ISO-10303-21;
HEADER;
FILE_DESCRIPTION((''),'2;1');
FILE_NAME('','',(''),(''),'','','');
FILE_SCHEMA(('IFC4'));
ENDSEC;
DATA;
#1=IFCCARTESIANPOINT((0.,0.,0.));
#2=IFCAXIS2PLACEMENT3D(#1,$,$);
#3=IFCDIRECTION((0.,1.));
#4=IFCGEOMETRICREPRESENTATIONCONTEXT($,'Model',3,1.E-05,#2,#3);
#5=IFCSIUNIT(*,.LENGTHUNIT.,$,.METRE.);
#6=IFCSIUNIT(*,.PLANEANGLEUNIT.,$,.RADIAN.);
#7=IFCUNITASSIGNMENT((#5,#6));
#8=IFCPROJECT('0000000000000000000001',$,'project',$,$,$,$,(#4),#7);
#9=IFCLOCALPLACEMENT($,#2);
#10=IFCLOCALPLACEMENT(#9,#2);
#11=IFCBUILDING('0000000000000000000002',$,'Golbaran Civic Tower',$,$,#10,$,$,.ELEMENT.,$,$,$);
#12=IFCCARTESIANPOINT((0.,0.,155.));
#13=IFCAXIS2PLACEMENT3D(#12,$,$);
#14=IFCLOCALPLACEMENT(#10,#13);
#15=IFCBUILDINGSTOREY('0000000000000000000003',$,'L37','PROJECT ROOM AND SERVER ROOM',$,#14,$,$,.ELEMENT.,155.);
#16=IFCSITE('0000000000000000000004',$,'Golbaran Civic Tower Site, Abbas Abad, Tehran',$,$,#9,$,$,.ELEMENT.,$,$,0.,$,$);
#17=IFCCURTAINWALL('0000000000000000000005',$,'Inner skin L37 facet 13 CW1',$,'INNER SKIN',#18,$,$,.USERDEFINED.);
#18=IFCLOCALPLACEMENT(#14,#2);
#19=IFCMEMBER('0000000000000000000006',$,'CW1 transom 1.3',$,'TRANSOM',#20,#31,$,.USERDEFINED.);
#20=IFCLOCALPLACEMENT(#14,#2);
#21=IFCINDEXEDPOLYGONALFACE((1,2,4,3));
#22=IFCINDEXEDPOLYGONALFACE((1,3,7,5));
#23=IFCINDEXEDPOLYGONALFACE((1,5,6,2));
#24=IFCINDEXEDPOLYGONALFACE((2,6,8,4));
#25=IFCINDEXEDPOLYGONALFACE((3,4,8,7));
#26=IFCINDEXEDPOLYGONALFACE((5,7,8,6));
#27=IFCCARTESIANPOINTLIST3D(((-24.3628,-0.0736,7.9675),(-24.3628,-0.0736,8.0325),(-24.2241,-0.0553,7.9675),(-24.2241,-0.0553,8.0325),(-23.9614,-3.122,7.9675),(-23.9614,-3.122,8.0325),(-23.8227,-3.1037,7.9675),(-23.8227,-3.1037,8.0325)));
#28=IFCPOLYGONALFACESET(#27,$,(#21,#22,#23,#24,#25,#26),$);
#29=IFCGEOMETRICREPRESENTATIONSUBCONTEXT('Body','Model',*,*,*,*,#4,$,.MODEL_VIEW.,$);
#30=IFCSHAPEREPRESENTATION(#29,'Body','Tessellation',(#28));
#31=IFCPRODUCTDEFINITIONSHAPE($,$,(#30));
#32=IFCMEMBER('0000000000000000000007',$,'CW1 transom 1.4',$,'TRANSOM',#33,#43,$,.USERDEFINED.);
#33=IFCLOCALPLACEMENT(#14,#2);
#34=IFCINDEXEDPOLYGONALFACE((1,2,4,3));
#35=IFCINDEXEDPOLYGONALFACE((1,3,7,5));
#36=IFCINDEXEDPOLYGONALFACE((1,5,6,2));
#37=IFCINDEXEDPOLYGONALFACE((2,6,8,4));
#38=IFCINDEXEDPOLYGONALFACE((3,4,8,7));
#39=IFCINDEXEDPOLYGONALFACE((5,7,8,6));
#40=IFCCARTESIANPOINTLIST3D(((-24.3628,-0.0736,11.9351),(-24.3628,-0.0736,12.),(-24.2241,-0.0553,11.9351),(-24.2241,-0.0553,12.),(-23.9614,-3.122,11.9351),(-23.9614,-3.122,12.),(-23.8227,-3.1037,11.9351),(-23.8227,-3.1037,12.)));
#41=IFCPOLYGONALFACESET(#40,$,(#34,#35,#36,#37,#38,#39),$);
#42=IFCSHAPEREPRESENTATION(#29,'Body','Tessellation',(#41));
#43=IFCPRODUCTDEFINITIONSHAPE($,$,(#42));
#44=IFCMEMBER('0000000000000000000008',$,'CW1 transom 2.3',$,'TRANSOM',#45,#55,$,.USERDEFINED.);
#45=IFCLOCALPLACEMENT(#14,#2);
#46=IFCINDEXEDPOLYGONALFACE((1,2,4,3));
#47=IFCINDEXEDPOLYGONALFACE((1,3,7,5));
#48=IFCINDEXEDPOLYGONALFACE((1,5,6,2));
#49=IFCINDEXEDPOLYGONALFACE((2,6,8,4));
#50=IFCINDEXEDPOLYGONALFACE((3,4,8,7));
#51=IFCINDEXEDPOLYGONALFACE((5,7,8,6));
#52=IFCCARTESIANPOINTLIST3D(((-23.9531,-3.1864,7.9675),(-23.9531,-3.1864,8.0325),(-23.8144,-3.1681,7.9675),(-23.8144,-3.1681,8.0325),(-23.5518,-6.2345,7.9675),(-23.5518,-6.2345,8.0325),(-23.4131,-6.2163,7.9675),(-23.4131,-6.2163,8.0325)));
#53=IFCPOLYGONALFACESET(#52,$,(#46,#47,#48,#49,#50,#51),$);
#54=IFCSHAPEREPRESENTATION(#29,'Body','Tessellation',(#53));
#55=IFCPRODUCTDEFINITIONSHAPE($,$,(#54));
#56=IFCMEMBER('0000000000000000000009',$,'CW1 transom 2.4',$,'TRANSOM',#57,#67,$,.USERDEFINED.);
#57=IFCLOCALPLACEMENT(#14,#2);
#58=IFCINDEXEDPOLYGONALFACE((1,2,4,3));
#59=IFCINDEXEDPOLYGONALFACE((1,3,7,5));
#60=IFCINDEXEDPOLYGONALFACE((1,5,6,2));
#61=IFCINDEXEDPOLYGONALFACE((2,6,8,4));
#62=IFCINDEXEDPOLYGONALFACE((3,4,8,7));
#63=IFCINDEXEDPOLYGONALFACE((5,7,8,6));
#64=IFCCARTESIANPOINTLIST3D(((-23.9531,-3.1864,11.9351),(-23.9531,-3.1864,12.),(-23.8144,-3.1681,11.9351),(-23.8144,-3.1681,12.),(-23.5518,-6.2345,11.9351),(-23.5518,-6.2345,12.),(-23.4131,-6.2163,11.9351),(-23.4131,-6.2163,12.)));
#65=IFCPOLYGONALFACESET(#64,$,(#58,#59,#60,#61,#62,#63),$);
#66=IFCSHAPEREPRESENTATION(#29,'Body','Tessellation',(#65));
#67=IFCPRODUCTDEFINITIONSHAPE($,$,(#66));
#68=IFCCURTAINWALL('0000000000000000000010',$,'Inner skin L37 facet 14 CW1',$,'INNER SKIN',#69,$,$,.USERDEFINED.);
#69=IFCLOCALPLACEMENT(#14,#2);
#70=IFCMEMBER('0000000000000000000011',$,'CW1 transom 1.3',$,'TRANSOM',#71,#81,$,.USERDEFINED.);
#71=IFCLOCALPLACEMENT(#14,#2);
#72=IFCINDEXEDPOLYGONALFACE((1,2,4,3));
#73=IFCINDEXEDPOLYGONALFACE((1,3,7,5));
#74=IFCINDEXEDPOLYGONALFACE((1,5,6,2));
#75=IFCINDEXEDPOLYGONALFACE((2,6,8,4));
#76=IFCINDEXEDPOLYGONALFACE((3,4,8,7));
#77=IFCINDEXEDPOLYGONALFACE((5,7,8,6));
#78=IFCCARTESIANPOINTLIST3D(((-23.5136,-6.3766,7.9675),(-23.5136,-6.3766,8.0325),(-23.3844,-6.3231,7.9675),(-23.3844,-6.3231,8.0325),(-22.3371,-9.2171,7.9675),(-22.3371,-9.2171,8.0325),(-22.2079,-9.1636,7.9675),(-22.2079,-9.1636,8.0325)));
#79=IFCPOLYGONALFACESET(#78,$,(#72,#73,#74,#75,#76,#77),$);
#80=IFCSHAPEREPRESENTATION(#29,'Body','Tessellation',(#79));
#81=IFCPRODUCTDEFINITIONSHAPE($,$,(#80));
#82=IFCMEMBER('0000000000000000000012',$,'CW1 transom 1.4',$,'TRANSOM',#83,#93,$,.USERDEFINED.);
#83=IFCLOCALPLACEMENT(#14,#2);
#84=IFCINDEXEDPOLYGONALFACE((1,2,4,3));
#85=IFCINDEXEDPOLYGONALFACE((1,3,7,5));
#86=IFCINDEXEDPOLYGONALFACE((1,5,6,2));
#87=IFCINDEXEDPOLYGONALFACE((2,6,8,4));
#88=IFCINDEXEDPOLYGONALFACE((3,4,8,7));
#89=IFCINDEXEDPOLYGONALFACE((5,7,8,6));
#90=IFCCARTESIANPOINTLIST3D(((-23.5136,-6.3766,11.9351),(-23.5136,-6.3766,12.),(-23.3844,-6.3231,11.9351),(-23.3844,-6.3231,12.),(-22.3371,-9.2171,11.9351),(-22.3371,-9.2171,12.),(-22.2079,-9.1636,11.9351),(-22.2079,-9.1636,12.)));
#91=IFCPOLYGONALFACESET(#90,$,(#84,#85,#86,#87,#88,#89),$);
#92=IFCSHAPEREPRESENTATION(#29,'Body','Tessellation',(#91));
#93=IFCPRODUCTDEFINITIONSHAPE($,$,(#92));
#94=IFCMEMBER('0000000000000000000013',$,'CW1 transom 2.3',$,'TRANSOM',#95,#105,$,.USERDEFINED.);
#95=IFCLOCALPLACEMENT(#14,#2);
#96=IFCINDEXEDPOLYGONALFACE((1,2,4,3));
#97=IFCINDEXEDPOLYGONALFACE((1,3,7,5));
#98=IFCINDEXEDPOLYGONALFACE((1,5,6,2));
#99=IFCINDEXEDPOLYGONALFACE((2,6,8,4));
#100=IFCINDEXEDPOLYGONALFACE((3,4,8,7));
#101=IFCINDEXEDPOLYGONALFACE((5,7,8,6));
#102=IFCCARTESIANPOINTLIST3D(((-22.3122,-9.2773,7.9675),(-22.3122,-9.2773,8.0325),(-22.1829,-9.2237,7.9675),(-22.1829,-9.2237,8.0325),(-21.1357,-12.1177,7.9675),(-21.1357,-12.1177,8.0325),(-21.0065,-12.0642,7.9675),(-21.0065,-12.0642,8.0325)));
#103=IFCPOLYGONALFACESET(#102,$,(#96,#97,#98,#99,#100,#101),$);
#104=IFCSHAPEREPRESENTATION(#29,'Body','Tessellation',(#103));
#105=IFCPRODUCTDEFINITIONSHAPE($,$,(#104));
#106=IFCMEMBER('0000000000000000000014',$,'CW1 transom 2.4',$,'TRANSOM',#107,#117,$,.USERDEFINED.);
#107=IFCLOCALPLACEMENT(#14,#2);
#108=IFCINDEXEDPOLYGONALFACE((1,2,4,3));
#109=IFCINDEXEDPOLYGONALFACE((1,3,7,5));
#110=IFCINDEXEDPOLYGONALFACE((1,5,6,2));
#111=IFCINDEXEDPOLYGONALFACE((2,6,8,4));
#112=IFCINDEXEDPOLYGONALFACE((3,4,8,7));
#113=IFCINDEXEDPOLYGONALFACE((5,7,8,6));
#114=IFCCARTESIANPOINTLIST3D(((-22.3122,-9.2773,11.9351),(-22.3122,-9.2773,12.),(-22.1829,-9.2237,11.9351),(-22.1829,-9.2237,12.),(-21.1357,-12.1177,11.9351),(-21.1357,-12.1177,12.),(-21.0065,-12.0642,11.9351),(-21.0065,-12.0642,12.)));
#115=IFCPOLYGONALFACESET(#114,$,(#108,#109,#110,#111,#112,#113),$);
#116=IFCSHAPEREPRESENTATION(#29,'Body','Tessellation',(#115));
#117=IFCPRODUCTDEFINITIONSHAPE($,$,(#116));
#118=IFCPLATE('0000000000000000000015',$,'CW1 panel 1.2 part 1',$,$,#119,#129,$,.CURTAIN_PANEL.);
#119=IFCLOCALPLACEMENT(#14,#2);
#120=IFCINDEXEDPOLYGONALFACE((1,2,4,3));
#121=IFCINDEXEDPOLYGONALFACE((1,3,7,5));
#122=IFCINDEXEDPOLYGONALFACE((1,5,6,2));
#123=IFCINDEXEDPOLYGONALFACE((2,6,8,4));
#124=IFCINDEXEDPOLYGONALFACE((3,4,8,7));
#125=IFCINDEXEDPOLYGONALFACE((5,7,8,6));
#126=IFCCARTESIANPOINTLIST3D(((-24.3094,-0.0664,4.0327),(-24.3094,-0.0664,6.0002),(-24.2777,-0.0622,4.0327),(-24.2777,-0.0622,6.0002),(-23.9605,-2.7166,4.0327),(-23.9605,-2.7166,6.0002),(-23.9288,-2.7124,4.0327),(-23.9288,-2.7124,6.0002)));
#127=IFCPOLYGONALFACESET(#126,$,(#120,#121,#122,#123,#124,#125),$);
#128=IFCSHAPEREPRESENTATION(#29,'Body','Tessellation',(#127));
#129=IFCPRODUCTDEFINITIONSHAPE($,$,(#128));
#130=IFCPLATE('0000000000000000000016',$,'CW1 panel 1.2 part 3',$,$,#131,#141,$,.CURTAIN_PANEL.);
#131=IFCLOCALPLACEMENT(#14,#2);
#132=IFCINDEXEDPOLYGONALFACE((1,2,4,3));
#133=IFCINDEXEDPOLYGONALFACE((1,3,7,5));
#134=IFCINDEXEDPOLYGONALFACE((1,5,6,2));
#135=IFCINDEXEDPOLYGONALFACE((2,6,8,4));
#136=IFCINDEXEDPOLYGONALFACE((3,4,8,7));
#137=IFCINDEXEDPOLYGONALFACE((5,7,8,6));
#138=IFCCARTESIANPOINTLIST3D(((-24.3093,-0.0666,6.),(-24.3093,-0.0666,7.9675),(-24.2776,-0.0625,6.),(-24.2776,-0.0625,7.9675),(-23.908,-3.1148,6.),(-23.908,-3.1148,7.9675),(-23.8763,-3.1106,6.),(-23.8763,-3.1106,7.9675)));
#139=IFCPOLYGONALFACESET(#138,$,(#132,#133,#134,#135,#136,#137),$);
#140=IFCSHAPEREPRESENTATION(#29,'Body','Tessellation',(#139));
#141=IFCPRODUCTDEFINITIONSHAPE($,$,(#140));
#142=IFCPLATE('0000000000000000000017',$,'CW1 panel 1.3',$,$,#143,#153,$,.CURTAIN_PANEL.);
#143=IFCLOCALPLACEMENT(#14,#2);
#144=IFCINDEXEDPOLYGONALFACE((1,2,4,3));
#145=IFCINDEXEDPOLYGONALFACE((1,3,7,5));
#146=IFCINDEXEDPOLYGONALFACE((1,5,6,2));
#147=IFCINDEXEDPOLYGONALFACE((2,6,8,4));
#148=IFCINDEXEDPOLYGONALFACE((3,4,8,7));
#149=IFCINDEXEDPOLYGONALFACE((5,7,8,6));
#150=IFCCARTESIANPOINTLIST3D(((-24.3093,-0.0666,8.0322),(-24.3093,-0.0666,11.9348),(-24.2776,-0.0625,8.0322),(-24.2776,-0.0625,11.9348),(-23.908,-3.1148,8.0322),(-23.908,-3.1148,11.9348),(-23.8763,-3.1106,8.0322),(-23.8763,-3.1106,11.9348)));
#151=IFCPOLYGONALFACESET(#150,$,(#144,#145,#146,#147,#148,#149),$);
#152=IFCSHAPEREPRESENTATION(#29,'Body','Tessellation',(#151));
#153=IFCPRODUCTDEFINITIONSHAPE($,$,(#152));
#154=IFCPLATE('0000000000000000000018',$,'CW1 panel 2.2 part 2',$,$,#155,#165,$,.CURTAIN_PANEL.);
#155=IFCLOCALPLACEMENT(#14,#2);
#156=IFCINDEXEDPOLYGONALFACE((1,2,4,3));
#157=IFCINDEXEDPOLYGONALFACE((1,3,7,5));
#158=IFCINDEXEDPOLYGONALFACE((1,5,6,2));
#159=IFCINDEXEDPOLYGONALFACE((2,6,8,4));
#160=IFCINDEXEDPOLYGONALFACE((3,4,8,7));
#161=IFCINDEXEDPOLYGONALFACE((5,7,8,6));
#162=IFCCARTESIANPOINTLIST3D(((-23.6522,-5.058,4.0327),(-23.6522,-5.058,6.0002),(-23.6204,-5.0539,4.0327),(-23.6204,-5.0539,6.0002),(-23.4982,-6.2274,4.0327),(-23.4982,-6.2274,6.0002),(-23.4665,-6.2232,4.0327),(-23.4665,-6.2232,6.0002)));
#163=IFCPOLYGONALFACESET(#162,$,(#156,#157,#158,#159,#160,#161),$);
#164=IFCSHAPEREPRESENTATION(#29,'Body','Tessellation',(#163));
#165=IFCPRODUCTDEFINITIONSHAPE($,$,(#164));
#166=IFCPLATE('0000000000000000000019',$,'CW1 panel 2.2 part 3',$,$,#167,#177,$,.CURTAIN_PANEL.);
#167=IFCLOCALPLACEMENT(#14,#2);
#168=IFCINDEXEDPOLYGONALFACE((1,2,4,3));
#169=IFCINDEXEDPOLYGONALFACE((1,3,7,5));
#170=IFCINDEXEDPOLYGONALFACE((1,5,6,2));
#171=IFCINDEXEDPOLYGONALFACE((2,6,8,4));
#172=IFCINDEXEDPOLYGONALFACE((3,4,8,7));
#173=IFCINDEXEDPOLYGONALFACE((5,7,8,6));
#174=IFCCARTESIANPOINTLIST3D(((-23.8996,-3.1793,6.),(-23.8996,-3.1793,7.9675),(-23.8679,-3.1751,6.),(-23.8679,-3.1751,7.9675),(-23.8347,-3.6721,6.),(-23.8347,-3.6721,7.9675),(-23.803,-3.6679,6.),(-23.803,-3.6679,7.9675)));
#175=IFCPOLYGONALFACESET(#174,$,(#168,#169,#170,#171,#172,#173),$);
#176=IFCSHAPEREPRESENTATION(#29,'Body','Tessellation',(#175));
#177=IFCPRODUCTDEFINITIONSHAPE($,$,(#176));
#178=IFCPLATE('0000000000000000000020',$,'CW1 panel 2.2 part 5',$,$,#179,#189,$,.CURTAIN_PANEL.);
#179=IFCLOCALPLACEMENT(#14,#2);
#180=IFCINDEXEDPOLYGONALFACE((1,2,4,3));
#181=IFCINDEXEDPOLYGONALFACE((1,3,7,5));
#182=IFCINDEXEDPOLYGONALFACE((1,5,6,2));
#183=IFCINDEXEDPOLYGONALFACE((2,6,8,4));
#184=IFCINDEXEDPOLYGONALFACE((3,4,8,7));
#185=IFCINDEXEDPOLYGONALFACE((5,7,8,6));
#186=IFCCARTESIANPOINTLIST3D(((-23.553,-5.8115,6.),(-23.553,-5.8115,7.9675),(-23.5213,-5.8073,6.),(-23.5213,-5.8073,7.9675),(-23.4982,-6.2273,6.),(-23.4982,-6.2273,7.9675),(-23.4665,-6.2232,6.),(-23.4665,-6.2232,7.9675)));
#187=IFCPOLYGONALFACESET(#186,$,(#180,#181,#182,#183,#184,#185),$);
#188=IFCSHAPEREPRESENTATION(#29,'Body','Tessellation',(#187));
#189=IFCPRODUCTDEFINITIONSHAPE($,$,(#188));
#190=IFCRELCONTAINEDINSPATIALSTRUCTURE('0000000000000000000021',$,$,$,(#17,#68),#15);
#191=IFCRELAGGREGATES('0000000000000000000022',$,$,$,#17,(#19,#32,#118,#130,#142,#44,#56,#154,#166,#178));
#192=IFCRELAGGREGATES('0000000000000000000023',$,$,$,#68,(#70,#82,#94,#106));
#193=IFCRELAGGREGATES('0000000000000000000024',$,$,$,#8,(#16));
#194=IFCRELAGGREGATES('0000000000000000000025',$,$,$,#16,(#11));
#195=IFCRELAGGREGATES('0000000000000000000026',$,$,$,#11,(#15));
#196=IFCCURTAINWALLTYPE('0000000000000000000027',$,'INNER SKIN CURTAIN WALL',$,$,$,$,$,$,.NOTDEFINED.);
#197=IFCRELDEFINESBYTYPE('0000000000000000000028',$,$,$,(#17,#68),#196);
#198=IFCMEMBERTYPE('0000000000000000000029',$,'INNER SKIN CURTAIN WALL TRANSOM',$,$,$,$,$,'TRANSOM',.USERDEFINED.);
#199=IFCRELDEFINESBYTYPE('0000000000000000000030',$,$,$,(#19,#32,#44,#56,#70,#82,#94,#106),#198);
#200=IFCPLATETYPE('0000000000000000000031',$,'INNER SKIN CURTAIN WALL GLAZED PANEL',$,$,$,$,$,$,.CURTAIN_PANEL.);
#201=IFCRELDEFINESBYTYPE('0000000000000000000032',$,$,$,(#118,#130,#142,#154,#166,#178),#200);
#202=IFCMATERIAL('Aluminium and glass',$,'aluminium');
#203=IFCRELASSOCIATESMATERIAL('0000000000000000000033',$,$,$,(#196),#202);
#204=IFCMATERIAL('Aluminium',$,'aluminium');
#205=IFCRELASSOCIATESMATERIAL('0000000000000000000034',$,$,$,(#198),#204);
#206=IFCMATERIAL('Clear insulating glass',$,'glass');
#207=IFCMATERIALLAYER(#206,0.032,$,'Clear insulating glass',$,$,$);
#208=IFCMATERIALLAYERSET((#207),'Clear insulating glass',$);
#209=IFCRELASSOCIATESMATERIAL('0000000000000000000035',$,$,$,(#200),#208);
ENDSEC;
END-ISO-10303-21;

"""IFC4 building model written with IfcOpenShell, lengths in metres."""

from ifc_helpers import new_model, si_unit, direction, frame, origin, origin_2d, place, context, subcontext, project, spatial, rectangle, extrude, material, layer, layer_set, material_profile, profile_set, type_object, element, aggregate, save


model = new_model("IFC4")

# Units and contexts
model_context = context("Model", 3, precision=1e-05, world=origin(), true_north=direction((0.0, 1.0)))
body_context = subcontext(model_context, "Body", "Model", "MODEL_VIEW")
ifc_project = project(units=[si_unit("LENGTHUNIT", "METRE"), si_unit("PLANEANGLEUNIT", "RADIAN")], contexts=[model_context])

# Site, building, storey
site_placement = place(None, origin())
site = spatial("IfcSite", under=ifc_project, at=site_placement, Name="Golbaran Civic Tower Site, Abbas Abad, Tehran", CompositionType="ELEMENT", RefElevation=0.0)
building_placement = place(site_placement, origin())
building = spatial("IfcBuilding", under=site, at=building_placement, Name="Golbaran Civic Tower", CompositionType="ELEMENT")
storey_placement = place(building_placement, frame((0.0, 0.0, 155.0)))
storey = spatial("IfcBuildingStorey", under=building, at=storey_placement, Name="L37", Description="PROJECT ROOM AND SERVER ROOM", CompositionType="ELEMENT", Elevation=155.0)

# Curtain walls, members
ifc_material_1 = material(Name="Aluminium and glass", Category="aluminium")
curtain_wall_type = type_object("IfcCurtainWallType", Name="INNER SKIN CURTAIN WALL", PredefinedType="NOTDEFINED", material=ifc_material_1)
curtain_wall_1_placement = place(storey_placement, origin())
curtain_wall_1 = element("IfcCurtainWall", 1, at=curtain_wall_1_placement, inside=storey, type_object=curtain_wall_type, Name="Inner skin L37 facet 13 CW1", ObjectType="INNER SKIN", PredefinedType="USERDEFINED")
ifc_material_2 = material(Name="Aluminium", Category="aluminium")
ifc_material_profile = material_profile(ifc_material_2, rectangle(XDim=0.1399, YDim=0.0649, at=origin_2d()), Name="INNER SKIN CURTAIN WALL TRANSOM")
ifc_profile_set = profile_set([ifc_material_profile], Name="Aluminium")
member_type = type_object("IfcMemberType", Name="INNER SKIN CURTAIN WALL TRANSOM", ElementType="TRANSOM", PredefinedType="USERDEFINED", material=ifc_profile_set)
member_1_placement = place(storey_placement, frame((-24.2935, -0.0645, 8.0), z_axis=(0.130541, -0.991443, 0.0), x_axis=(0.991443, 0.130541, 0.0)))
member_1 = element("IfcMember", 2, at=member_1_placement, type_object=member_type, Name="CW1 transom 1.3", ObjectType="TRANSOM", PredefinedType="USERDEFINED", context=body_context, shape_type="SweptSolid", body=[
    extrude(rectangle(XDim=0.1399, YDim=0.0649, at=origin_2d()), origin(), (0.0, 0.0, 1.0), 3.0747),
])
member_2_placement = place(storey_placement, frame((-24.2935, -0.0645, 11.9675), z_axis=(0.130541, -0.991443, 0.0), x_axis=(0.991443, 0.130541, 0.0)))
member_2 = element("IfcMember", 3, at=member_2_placement, type_object=member_type, Name="CW1 transom 1.4", ObjectType="TRANSOM", PredefinedType="USERDEFINED", context=body_context, shape_type="SweptSolid", body=[
    extrude(rectangle(XDim=0.1399, YDim=0.0649, at=origin_2d()), origin(), (0.0, 0.0, 1.0), 3.0747),
])
member_3_placement = place(storey_placement, frame((-23.8838, -3.1772, 8.0), z_axis=(0.130551, -0.991442, 0.0), x_axis=(0.991442, 0.130551, 0.0)))
member_3 = element("IfcMember", 4, at=member_3_placement, type_object=member_type, Name="CW1 transom 2.3", ObjectType="TRANSOM", PredefinedType="USERDEFINED", context=body_context, shape_type="SweptSolid", body=[
    extrude(rectangle(XDim=0.1399, YDim=0.0649, at=origin_2d()), origin(), (0.0, 0.0, 1.0), 3.0745),
])
member_4_placement = place(storey_placement, frame((-23.8838, -3.1772, 11.9675), z_axis=(0.130551, -0.991442, 0.0), x_axis=(0.991442, 0.130551, 0.0)))
member_4 = element("IfcMember", 5, at=member_4_placement, type_object=member_type, Name="CW1 transom 2.4", ObjectType="TRANSOM", PredefinedType="USERDEFINED", context=body_context, shape_type="SweptSolid", body=[
    extrude(rectangle(XDim=0.1399, YDim=0.0649, at=origin_2d()), origin(), (0.0, 0.0, 1.0), 3.0745),
])
curtain_wall_2_placement = place(storey_placement, origin())
curtain_wall_2 = element("IfcCurtainWall", 6, at=curtain_wall_2_placement, inside=storey, type_object=curtain_wall_type, Name="Inner skin L37 facet 14 CW1", ObjectType="INNER SKIN", PredefinedType="USERDEFINED")
member_5_placement = place(storey_placement, frame((-23.449, -6.3499, 8.0), z_axis=(0.382658, -0.92389, 0.0), x_axis=(0.92389, 0.382658, 0.0)))
member_5 = element("IfcMember", 7, at=member_5_placement, type_object=member_type, Name="CW1 transom 1.3", ObjectType="TRANSOM", PredefinedType="USERDEFINED", context=body_context, shape_type="SweptSolid", body=[
    extrude(rectangle(XDim=0.1399, YDim=0.0649, at=origin_2d()), origin(), (0.0, 0.0, 1.0), 3.0745),
])
member_6_placement = place(storey_placement, frame((-23.449, -6.3499, 11.9675), z_axis=(0.382658, -0.92389, 0.0), x_axis=(0.92389, 0.382658, 0.0)))
member_6 = element("IfcMember", 8, at=member_6_placement, type_object=member_type, Name="CW1 transom 1.4", ObjectType="TRANSOM", PredefinedType="USERDEFINED", context=body_context, shape_type="SweptSolid", body=[
    extrude(rectangle(XDim=0.1399, YDim=0.0649, at=origin_2d()), origin(), (0.0, 0.0, 1.0), 3.0745),
])
member_7_placement = place(storey_placement, frame((-22.2476, -9.2505, 8.0), z_axis=(0.382658, -0.92389, 0.0), x_axis=(0.92389, 0.382658, 0.0)))
member_7 = element("IfcMember", 9, at=member_7_placement, type_object=member_type, Name="CW1 transom 2.3", ObjectType="TRANSOM", PredefinedType="USERDEFINED", context=body_context, shape_type="SweptSolid", body=[
    extrude(rectangle(XDim=0.1399, YDim=0.0649, at=origin_2d()), origin(), (0.0, 0.0, 1.0), 3.0745),
])
member_8_placement = place(storey_placement, frame((-22.2476, -9.2505, 11.9675), z_axis=(0.382658, -0.92389, 0.0), x_axis=(0.92389, 0.382658, 0.0)))
member_8 = element("IfcMember", 10, at=member_8_placement, type_object=member_type, Name="CW1 transom 2.4", ObjectType="TRANSOM", PredefinedType="USERDEFINED", context=body_context, shape_type="SweptSolid", body=[
    extrude(rectangle(XDim=0.1399, YDim=0.0649, at=origin_2d()), origin(), (0.0, 0.0, 1.0), 3.0745),
])

# Plates
ifc_material_3 = material(Name="Clear insulating glass", Category="glass")
ifc_layer_1 = layer(ifc_material_3, 0.032, Name="Clear insulating glass")
ifc_layer_set_1 = layer_set([ifc_layer_1], Name="Clear insulating glass")
plate_type_1 = type_object("IfcPlateType", Name="INNER SKIN CURTAIN WALL GLAZED PANEL", PredefinedType="CURTAIN_PANEL", material=ifc_layer_set_1)
plate_1_placement = place(storey_placement, frame((-24.1191, -1.3894, 4.0327), z_axis=(0.0, 0.0, 1.0), x_axis=(0.130526, -0.991445, 0.0)))
plate_1 = element("IfcPlate", 11, at=plate_1_placement, type_object=plate_type_1, Name="CW1 panel 1.2 part 1", PredefinedType="CURTAIN_PANEL", context=body_context, shape_type="SweptSolid", body=[
    extrude(rectangle(XDim=2.6731, YDim=0.032, at=origin_2d()), origin(), (0.0, 0.0, 1.0), 1.9675),
])
plate_2_placement = place(storey_placement, frame((-24.0928, -1.5886, 6.0), z_axis=(0.0, 0.0, 1.0), x_axis=(0.130526, -0.991445, 0.0)))
plate_2 = element("IfcPlate", 12, at=plate_2_placement, type_object=plate_type_1, Name="CW1 panel 1.2 part 3", PredefinedType="CURTAIN_PANEL", context=body_context, shape_type="SweptSolid", body=[
    extrude(rectangle(XDim=3.0745, YDim=0.032, at=origin_2d()), origin(), (0.0, 0.0, 1.0), 1.9675),
])
plate_3_placement = place(storey_placement, frame((-24.0928, -1.5886, 8.0322), z_axis=(0.0, 0.0, 1.0), x_axis=(0.130526, -0.991445, 0.0)))
plate_3 = element("IfcPlate", 13, at=plate_3_placement, type_object=plate_type_1, Name="CW1 panel 1.3", PredefinedType="CURTAIN_PANEL", context=body_context, shape_type="SweptSolid", body=[
    extrude(rectangle(XDim=3.0745, YDim=0.032, at=origin_2d()), origin(), (0.0, 0.0, 1.0), 3.9026),
])
plate_4_placement = place(storey_placement, frame((-23.5593, -5.6406, 4.0327), z_axis=(0.0, 0.0, 1.0), x_axis=(0.130526, -0.991445, 0.0)))
plate_4 = element("IfcPlate", 14, at=plate_4_placement, type_object=plate_type_1, Name="CW1 panel 2.2 part 2", PredefinedType="CURTAIN_PANEL", context=body_context, shape_type="SweptSolid", body=[
    extrude(rectangle(XDim=1.1794, YDim=0.032, at=origin_2d()), origin(), (0.0, 0.0, 1.0), 1.9675),
])
plate_5_placement = place(storey_placement, frame((-23.8513, -3.4236, 6.0), z_axis=(0.0, 0.0, 1.0), x_axis=(0.130526, -0.991445, 0.0)))
plate_5 = element("IfcPlate", 15, at=plate_5_placement, type_object=plate_type_1, Name="CW1 panel 2.2 part 3", PredefinedType="CURTAIN_PANEL", context=body_context, shape_type="SweptSolid", body=[
    extrude(rectangle(XDim=0.4971, YDim=0.032, at=origin_2d()), origin(), (0.0, 0.0, 1.0), 1.9675),
])
plate_6_placement = place(storey_placement, frame((-23.5098, -6.0173, 6.0), z_axis=(0.0, 0.0, 1.0), x_axis=(0.130526, -0.991445, 0.0)))
plate_6 = element("IfcPlate", 16, at=plate_6_placement, type_object=plate_type_1, Name="CW1 panel 2.2 part 5", PredefinedType="CURTAIN_PANEL", context=body_context, shape_type="SweptSolid", body=[
    extrude(rectangle(XDim=0.4194, YDim=0.032, at=origin_2d()), origin(), (0.0, 0.0, 1.0), 1.9675),
])
aggregate(curtain_wall_1, [member_1, member_2, plate_1, plate_2, plate_3, member_3, member_4, plate_4, plate_5, plate_6])
aggregate(curtain_wall_2, [member_5, member_6, member_7, member_8])

save(model, "model.ifc")
